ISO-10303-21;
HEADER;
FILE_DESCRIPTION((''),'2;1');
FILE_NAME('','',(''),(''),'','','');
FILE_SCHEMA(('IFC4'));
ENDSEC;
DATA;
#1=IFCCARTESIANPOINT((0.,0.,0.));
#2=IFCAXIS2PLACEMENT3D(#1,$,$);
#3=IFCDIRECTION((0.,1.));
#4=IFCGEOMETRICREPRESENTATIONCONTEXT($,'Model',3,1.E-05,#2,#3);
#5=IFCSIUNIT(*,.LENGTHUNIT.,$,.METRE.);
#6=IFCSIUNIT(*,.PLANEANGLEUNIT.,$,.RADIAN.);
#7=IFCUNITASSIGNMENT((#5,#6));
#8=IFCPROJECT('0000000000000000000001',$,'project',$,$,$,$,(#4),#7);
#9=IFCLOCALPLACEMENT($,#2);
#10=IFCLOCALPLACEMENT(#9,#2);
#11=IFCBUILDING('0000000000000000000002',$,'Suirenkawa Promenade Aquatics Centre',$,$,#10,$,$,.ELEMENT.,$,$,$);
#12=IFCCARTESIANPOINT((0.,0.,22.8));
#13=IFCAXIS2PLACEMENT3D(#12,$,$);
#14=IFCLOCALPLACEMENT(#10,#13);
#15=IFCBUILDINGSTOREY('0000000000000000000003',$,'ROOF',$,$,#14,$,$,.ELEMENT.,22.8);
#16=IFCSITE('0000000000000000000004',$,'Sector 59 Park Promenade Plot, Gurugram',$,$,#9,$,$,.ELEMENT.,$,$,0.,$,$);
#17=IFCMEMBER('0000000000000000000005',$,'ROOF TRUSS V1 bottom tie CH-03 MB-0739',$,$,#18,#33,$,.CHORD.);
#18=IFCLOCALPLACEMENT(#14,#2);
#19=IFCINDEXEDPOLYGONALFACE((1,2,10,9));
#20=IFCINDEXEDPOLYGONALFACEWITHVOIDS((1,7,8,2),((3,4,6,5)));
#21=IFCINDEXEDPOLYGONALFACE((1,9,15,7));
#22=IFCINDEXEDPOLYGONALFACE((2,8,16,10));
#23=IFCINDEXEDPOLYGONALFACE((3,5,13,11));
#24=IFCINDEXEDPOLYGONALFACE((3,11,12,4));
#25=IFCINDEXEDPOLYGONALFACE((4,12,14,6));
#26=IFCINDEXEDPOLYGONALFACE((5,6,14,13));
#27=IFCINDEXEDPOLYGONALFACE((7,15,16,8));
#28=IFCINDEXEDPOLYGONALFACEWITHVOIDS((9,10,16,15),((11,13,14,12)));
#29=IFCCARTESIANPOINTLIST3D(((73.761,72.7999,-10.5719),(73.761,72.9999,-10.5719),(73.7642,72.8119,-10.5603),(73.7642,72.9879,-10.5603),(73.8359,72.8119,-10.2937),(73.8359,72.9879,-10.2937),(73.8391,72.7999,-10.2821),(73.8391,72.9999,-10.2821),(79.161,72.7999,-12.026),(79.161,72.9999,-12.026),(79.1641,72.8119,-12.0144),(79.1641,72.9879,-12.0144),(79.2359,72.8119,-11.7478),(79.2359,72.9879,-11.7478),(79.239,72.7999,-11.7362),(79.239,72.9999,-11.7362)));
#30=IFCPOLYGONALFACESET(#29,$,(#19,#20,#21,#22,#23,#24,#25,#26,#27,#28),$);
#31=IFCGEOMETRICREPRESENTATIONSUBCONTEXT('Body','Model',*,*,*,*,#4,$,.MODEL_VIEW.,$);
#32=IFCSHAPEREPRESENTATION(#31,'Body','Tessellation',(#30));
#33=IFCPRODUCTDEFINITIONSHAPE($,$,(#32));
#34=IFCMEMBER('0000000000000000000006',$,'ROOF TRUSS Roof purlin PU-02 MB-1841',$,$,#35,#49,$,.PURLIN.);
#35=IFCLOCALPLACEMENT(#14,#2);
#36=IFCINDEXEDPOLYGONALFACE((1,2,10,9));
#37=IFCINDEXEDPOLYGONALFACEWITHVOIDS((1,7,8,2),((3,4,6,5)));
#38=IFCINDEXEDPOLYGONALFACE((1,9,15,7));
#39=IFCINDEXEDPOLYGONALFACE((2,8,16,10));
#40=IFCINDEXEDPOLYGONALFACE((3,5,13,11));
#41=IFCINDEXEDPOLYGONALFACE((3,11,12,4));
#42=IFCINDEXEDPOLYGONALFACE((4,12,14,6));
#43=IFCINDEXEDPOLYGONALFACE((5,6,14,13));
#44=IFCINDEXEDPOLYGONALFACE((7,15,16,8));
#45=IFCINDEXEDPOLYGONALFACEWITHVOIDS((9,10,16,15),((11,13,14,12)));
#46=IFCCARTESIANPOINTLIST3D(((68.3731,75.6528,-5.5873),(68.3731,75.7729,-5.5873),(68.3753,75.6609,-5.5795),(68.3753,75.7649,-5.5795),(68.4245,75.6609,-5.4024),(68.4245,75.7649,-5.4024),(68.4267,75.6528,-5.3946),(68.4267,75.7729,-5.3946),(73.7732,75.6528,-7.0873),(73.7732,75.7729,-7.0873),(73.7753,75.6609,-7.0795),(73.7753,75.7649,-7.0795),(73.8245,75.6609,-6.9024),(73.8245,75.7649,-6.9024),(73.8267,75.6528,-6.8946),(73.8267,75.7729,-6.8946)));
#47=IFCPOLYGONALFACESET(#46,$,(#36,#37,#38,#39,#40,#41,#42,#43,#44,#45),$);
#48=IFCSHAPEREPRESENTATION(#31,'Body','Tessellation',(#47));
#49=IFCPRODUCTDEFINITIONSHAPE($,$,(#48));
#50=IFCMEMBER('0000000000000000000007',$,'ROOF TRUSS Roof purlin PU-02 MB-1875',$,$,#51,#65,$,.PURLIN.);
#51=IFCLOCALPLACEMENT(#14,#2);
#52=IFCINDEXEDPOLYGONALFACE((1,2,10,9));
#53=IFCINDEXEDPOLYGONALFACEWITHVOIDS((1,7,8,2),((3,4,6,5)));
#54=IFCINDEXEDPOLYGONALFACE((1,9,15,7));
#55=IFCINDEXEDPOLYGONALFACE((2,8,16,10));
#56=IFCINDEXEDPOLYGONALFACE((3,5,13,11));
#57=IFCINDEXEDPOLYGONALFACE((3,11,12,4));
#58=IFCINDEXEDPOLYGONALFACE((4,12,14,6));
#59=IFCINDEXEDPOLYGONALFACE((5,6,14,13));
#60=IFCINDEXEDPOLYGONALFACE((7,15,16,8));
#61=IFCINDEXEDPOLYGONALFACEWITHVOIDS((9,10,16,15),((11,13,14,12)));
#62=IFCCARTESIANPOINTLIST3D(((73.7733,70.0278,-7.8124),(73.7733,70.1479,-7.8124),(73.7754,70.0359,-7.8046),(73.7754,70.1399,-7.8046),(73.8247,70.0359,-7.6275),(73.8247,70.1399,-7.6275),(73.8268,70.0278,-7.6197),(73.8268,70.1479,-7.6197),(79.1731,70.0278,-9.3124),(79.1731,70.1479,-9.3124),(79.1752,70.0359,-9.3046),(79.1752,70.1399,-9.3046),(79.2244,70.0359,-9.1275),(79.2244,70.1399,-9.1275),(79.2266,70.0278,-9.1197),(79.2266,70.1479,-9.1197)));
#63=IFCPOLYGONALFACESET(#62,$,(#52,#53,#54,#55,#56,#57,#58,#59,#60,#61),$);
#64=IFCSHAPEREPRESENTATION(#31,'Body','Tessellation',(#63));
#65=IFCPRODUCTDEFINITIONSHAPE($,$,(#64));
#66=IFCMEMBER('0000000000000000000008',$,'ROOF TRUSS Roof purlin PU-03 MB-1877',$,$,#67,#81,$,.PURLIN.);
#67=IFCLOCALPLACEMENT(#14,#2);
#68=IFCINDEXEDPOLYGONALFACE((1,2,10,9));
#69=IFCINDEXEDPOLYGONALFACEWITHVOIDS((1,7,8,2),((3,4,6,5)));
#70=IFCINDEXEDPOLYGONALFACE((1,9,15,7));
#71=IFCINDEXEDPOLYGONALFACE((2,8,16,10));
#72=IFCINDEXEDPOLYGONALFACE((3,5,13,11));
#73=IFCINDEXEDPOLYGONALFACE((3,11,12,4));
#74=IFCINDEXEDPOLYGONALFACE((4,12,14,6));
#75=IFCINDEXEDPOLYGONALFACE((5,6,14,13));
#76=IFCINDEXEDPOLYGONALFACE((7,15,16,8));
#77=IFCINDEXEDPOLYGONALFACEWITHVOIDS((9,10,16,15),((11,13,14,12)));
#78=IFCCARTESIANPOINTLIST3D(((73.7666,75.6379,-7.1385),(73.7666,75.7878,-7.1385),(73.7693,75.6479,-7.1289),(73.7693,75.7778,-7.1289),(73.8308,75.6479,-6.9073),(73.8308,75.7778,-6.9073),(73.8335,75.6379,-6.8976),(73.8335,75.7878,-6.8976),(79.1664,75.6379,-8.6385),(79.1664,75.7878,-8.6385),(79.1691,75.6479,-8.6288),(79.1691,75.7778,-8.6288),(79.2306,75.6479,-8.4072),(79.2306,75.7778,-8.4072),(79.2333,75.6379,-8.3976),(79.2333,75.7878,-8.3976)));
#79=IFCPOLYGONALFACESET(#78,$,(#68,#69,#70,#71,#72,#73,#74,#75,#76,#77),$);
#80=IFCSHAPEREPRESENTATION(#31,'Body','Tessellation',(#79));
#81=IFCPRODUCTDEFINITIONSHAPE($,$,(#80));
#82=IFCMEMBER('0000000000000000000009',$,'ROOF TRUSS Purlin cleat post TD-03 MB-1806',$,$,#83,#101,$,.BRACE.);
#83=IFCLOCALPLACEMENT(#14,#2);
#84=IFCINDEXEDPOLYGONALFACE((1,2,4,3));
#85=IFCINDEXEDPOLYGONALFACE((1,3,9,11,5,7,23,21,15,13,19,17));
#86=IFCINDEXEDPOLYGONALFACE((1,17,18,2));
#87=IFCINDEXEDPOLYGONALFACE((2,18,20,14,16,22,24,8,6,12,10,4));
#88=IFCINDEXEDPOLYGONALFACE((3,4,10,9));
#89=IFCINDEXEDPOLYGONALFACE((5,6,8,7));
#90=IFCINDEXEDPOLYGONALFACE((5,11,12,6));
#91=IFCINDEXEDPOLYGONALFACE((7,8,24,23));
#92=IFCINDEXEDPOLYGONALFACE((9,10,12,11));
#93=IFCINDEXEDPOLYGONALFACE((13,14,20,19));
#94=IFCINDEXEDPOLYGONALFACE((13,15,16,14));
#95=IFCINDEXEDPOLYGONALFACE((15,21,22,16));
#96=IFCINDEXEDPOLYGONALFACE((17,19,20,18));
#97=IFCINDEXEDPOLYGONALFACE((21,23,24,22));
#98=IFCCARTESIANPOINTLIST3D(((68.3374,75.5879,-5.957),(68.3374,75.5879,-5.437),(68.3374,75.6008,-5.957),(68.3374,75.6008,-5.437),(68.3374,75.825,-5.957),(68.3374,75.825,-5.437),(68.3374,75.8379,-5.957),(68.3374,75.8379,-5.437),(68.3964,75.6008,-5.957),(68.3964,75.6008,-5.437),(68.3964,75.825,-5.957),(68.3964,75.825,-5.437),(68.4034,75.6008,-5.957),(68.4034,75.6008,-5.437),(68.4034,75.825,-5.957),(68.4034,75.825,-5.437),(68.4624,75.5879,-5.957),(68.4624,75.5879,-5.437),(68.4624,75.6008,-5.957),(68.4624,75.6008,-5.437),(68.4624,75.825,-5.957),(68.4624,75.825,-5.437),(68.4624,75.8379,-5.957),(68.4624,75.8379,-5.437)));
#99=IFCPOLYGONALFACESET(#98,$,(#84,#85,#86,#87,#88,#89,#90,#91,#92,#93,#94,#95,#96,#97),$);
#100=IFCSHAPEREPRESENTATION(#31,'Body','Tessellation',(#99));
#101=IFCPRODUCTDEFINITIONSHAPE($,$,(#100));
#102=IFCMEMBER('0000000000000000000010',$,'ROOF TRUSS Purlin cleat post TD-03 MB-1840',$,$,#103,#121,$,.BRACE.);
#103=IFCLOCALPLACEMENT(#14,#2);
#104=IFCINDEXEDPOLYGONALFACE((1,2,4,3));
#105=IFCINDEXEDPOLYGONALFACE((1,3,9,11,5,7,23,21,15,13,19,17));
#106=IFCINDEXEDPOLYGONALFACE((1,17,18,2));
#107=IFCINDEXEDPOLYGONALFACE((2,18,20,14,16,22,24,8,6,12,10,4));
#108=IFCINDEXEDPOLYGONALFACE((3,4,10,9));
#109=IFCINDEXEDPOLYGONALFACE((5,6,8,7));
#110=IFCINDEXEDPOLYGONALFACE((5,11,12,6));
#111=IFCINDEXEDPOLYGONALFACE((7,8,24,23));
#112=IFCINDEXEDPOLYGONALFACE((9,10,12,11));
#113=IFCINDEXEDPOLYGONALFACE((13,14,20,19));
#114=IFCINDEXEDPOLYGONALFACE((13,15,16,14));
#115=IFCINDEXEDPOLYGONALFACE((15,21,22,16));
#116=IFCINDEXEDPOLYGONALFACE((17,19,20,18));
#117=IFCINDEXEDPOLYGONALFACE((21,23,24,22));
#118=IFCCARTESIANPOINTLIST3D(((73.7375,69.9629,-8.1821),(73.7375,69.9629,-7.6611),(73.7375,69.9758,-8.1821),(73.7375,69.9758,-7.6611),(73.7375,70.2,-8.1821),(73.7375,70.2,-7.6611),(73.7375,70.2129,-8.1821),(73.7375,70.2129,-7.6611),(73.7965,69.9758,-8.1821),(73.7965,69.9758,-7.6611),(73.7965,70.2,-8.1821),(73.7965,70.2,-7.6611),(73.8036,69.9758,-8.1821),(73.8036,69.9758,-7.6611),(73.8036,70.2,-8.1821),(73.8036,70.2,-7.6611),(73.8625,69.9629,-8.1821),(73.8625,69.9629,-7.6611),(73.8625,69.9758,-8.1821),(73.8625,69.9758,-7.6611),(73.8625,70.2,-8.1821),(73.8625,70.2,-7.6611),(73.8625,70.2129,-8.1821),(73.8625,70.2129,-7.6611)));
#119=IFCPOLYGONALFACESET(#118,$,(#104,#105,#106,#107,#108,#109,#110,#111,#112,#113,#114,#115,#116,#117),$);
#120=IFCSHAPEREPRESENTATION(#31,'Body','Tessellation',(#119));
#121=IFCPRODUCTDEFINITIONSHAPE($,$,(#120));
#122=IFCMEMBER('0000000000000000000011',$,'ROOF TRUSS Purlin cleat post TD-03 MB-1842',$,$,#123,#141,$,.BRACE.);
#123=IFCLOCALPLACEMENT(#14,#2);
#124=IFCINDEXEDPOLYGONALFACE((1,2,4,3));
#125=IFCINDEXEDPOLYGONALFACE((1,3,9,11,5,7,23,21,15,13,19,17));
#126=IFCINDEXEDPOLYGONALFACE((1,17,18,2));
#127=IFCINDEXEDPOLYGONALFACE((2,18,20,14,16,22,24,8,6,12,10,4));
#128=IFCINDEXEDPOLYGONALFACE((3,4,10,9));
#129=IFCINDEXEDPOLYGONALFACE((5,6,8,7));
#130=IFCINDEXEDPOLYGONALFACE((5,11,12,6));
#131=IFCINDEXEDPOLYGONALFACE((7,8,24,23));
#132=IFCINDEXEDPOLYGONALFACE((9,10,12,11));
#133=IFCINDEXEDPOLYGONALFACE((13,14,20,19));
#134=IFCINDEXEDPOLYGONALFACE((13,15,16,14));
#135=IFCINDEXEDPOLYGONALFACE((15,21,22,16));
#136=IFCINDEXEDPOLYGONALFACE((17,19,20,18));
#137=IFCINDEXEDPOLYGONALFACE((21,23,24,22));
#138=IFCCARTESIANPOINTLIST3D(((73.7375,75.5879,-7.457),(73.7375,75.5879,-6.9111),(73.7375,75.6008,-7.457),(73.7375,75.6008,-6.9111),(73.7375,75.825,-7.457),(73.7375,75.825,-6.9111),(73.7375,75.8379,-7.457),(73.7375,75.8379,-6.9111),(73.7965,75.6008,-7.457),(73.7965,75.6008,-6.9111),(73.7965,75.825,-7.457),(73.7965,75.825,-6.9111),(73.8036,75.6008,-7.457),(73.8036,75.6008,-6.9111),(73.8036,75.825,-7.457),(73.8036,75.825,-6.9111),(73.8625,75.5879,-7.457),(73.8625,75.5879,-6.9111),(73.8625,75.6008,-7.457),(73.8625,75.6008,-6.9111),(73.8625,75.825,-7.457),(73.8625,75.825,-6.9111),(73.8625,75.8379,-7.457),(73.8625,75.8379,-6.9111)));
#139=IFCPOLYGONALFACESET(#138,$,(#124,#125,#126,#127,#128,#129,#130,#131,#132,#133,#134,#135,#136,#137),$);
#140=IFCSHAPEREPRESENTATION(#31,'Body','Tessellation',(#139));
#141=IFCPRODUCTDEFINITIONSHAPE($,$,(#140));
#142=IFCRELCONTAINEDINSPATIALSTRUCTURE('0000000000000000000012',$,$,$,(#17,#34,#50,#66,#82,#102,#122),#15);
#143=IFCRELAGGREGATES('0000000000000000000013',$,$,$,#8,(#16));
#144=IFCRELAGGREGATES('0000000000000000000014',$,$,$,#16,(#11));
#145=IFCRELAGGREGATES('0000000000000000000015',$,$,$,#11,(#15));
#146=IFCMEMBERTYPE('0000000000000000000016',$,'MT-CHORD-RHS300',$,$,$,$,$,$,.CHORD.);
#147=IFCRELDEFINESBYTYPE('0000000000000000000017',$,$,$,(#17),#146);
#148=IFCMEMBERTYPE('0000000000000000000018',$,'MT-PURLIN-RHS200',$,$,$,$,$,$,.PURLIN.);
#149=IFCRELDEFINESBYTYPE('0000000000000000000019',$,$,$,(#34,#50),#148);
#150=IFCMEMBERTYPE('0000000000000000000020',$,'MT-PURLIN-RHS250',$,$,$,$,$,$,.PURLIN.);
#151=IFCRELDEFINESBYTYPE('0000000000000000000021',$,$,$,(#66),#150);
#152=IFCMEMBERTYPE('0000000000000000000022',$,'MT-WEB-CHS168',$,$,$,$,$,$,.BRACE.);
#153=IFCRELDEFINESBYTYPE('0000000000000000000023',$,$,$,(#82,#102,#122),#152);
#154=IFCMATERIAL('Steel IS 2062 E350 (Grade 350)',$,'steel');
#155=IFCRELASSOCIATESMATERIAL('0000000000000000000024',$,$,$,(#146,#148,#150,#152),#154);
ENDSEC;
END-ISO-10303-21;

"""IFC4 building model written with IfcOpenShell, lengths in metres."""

from ifc_helpers import new_model, si_unit, direction, frame, origin, origin_2d, place, context, subcontext, project, spatial, hollow_rectangle, i_section, extrude, material, material_profile, profile_set, type_object, element, save


model = new_model("IFC4")

# Units and contexts
model_context = context("Model", 3, precision=1e-05, world=origin(), true_north=direction((0.0, 1.0)))
body_context = subcontext(model_context, "Body", "Model", "MODEL_VIEW")
ifc_project = project(units=[si_unit("LENGTHUNIT", "METRE"), si_unit("PLANEANGLEUNIT", "RADIAN")], contexts=[model_context])

# Site, building, storey
site_placement = place(None, origin())
site = spatial("IfcSite", under=ifc_project, at=site_placement, Name="Sector 59 Park Promenade Plot, Gurugram", CompositionType="ELEMENT", RefElevation=0.0)
building_placement = place(site_placement, origin())
building = spatial("IfcBuilding", under=site, at=building_placement, Name="Suirenkawa Promenade Aquatics Centre", CompositionType="ELEMENT")
storey_placement = place(building_placement, frame((0.0, 0.0, 22.8)))
storey = spatial("IfcBuildingStorey", under=building, at=storey_placement, Name="ROOF", CompositionType="ELEMENT", Elevation=22.8)

# Shared definitions
ifc_material = material(Name="Steel IS 2062 E350 (Grade 350)", Category="steel")

# Members
ifc_material_profile_1 = material_profile(ifc_material, hollow_rectangle(XDim=0.2, YDim=0.3, WallThickness=0.012, at=origin_2d()), Name="RHS 300x200x12", Category="steel")
ifc_profile_set_1 = profile_set([ifc_material_profile_1], Name="Steel IS 2062 E350 (Grade 350)")
member_type_1 = type_object("IfcMemberType", Name="MT-CHORD-RHS300", PredefinedType="CHORD", material=ifc_profile_set_1)
member_1_placement = place(storey_placement, frame((73.8, 72.8999, -10.427), z_axis=(0.965603, 0.0, -0.26002), x_axis=(0.0, 1.0, 0.0)))
element("IfcMember", 1, at=member_1_placement, inside=storey, type_object=member_type_1, Name="ROOF TRUSS V1 bottom tie CH-03 MB-0739", PredefinedType="CHORD", context=body_context, shape_type="SweptSolid", body=[
    extrude(hollow_rectangle(XDim=0.2, YDim=0.3, WallThickness=0.012, at=origin_2d()), origin(), (0.0, 0.0, 1.0), 5.5923),
])
ifc_material_profile_2 = material_profile(ifc_material, hollow_rectangle(XDim=0.1201, YDim=0.2, WallThickness=0.0081, at=origin_2d()), Name="RHS 200x120x8", Category="steel")
ifc_profile_set_2 = profile_set([ifc_material_profile_2], Name="Steel IS 2062 E350 (Grade 350)")
member_type_2 = type_object("IfcMemberType", Name="MT-PURLIN-RHS200", PredefinedType="PURLIN", material=ifc_profile_set_2)
member_2_placement = place(storey_placement, frame((68.3999, 75.7129, -5.491), z_axis=(0.96352, 0.0, -0.267637), x_axis=(0.0, 1.0, 0.0)))
element("IfcMember", 2, at=member_2_placement, inside=storey, type_object=member_type_2, Name="ROOF TRUSS Roof purlin PU-02 MB-1841", PredefinedType="PURLIN", context=body_context, shape_type="SweptSolid", body=[
    extrude(hollow_rectangle(XDim=0.1201, YDim=0.2, WallThickness=0.0081, at=origin_2d()), origin(), (0.0, 0.0, 1.0), 5.6045),
])
member_3_placement = place(storey_placement, frame((73.8, 70.0879, -7.7161), z_axis=(0.963517, 0.0, -0.267648), x_axis=(0.0, 1.0, 0.0)))
element("IfcMember", 3, at=member_3_placement, inside=storey, type_object=member_type_2, Name="ROOF TRUSS Roof purlin PU-02 MB-1875", PredefinedType="PURLIN", context=body_context, shape_type="SweptSolid", body=[
    extrude(hollow_rectangle(XDim=0.1201, YDim=0.2, WallThickness=0.0081, at=origin_2d()), origin(), (0.0, 0.0, 1.0), 5.6042),
])
ifc_material_profile_3 = material_profile(ifc_material, hollow_rectangle(XDim=0.1499, YDim=0.25, WallThickness=0.01, at=origin_2d()), Name="RHS 250x150x10", Category="steel")
ifc_profile_set_3 = profile_set([ifc_material_profile_3], Name="Steel IS 2062 E350 (Grade 350)")
member_type_3 = type_object("IfcMemberType", Name="MT-PURLIN-RHS250", PredefinedType="PURLIN", material=ifc_profile_set_3)
member_4_placement = place(storey_placement, frame((73.8, 75.7129, -7.0181), z_axis=(0.963517, 0.0, -0.267648), x_axis=(0.0, 1.0, 0.0)))
element("IfcMember", 4, at=member_4_placement, inside=storey, type_object=member_type_3, Name="ROOF TRUSS Roof purlin PU-03 MB-1877", PredefinedType="PURLIN", context=body_context, shape_type="SweptSolid", body=[
    extrude(hollow_rectangle(XDim=0.1499, YDim=0.25, WallThickness=0.01, at=origin_2d()), origin(), (0.0, 0.0, 1.0), 5.6042),
])
ifc_material_profile_4 = material_profile(ifc_material, i_section(OverallWidth=0.125, OverallDepth=0.25, WebThickness=0.0071, FlangeThickness=0.0129, at=origin_2d()), Name="ISMB 250", Category="steel")
ifc_profile_set_4 = profile_set([ifc_material_profile_4], Name="Steel IS 2062 E350 (Grade 350)")
member_type_4 = type_object("IfcMemberType", Name="MT-WEB-CHS168", PredefinedType="BRACE", material=ifc_profile_set_4)
member_5_placement = place(storey_placement, frame((68.3999, 75.7129, -5.957), z_axis=(0.0, 0.0, 1.0), x_axis=(1.0, 0.0, 0.0)))
element("IfcMember", 5, at=member_5_placement, inside=storey, type_object=member_type_4, Name="ROOF TRUSS Purlin cleat post TD-03 MB-1806", PredefinedType="BRACE", context=body_context, shape_type="SweptSolid", body=[
    extrude(i_section(OverallWidth=0.125, OverallDepth=0.25, WebThickness=0.0071, FlangeThickness=0.0129, at=origin_2d()), origin(), (0.0, 0.0, 1.0), 0.52),
])
member_6_placement = place(storey_placement, frame((73.8, 70.0879, -8.1821), z_axis=(0.0, 0.0, 1.0), x_axis=(1.0, 0.0, 0.0)))
element("IfcMember", 6, at=member_6_placement, inside=storey, type_object=member_type_4, Name="ROOF TRUSS Purlin cleat post TD-03 MB-1840", PredefinedType="BRACE", context=body_context, shape_type="SweptSolid", body=[
    extrude(i_section(OverallWidth=0.125, OverallDepth=0.25, WebThickness=0.0071, FlangeThickness=0.0129, at=origin_2d()), origin(), (0.0, 0.0, 1.0), 0.521),
])
member_7_placement = place(storey_placement, frame((73.8, 75.7129, -7.457), z_axis=(0.0, 0.0, 1.0), x_axis=(1.0, 0.0, 0.0)))
element("IfcMember", 7, at=member_7_placement, inside=storey, type_object=member_type_4, Name="ROOF TRUSS Purlin cleat post TD-03 MB-1842", PredefinedType="BRACE", context=body_context, shape_type="SweptSolid", body=[
    extrude(i_section(OverallWidth=0.125, OverallDepth=0.25, WebThickness=0.0071, FlangeThickness=0.0129, at=origin_2d()), origin(), (0.0, 0.0, 1.0), 0.5459),
])

save(model, "model.ifc")
